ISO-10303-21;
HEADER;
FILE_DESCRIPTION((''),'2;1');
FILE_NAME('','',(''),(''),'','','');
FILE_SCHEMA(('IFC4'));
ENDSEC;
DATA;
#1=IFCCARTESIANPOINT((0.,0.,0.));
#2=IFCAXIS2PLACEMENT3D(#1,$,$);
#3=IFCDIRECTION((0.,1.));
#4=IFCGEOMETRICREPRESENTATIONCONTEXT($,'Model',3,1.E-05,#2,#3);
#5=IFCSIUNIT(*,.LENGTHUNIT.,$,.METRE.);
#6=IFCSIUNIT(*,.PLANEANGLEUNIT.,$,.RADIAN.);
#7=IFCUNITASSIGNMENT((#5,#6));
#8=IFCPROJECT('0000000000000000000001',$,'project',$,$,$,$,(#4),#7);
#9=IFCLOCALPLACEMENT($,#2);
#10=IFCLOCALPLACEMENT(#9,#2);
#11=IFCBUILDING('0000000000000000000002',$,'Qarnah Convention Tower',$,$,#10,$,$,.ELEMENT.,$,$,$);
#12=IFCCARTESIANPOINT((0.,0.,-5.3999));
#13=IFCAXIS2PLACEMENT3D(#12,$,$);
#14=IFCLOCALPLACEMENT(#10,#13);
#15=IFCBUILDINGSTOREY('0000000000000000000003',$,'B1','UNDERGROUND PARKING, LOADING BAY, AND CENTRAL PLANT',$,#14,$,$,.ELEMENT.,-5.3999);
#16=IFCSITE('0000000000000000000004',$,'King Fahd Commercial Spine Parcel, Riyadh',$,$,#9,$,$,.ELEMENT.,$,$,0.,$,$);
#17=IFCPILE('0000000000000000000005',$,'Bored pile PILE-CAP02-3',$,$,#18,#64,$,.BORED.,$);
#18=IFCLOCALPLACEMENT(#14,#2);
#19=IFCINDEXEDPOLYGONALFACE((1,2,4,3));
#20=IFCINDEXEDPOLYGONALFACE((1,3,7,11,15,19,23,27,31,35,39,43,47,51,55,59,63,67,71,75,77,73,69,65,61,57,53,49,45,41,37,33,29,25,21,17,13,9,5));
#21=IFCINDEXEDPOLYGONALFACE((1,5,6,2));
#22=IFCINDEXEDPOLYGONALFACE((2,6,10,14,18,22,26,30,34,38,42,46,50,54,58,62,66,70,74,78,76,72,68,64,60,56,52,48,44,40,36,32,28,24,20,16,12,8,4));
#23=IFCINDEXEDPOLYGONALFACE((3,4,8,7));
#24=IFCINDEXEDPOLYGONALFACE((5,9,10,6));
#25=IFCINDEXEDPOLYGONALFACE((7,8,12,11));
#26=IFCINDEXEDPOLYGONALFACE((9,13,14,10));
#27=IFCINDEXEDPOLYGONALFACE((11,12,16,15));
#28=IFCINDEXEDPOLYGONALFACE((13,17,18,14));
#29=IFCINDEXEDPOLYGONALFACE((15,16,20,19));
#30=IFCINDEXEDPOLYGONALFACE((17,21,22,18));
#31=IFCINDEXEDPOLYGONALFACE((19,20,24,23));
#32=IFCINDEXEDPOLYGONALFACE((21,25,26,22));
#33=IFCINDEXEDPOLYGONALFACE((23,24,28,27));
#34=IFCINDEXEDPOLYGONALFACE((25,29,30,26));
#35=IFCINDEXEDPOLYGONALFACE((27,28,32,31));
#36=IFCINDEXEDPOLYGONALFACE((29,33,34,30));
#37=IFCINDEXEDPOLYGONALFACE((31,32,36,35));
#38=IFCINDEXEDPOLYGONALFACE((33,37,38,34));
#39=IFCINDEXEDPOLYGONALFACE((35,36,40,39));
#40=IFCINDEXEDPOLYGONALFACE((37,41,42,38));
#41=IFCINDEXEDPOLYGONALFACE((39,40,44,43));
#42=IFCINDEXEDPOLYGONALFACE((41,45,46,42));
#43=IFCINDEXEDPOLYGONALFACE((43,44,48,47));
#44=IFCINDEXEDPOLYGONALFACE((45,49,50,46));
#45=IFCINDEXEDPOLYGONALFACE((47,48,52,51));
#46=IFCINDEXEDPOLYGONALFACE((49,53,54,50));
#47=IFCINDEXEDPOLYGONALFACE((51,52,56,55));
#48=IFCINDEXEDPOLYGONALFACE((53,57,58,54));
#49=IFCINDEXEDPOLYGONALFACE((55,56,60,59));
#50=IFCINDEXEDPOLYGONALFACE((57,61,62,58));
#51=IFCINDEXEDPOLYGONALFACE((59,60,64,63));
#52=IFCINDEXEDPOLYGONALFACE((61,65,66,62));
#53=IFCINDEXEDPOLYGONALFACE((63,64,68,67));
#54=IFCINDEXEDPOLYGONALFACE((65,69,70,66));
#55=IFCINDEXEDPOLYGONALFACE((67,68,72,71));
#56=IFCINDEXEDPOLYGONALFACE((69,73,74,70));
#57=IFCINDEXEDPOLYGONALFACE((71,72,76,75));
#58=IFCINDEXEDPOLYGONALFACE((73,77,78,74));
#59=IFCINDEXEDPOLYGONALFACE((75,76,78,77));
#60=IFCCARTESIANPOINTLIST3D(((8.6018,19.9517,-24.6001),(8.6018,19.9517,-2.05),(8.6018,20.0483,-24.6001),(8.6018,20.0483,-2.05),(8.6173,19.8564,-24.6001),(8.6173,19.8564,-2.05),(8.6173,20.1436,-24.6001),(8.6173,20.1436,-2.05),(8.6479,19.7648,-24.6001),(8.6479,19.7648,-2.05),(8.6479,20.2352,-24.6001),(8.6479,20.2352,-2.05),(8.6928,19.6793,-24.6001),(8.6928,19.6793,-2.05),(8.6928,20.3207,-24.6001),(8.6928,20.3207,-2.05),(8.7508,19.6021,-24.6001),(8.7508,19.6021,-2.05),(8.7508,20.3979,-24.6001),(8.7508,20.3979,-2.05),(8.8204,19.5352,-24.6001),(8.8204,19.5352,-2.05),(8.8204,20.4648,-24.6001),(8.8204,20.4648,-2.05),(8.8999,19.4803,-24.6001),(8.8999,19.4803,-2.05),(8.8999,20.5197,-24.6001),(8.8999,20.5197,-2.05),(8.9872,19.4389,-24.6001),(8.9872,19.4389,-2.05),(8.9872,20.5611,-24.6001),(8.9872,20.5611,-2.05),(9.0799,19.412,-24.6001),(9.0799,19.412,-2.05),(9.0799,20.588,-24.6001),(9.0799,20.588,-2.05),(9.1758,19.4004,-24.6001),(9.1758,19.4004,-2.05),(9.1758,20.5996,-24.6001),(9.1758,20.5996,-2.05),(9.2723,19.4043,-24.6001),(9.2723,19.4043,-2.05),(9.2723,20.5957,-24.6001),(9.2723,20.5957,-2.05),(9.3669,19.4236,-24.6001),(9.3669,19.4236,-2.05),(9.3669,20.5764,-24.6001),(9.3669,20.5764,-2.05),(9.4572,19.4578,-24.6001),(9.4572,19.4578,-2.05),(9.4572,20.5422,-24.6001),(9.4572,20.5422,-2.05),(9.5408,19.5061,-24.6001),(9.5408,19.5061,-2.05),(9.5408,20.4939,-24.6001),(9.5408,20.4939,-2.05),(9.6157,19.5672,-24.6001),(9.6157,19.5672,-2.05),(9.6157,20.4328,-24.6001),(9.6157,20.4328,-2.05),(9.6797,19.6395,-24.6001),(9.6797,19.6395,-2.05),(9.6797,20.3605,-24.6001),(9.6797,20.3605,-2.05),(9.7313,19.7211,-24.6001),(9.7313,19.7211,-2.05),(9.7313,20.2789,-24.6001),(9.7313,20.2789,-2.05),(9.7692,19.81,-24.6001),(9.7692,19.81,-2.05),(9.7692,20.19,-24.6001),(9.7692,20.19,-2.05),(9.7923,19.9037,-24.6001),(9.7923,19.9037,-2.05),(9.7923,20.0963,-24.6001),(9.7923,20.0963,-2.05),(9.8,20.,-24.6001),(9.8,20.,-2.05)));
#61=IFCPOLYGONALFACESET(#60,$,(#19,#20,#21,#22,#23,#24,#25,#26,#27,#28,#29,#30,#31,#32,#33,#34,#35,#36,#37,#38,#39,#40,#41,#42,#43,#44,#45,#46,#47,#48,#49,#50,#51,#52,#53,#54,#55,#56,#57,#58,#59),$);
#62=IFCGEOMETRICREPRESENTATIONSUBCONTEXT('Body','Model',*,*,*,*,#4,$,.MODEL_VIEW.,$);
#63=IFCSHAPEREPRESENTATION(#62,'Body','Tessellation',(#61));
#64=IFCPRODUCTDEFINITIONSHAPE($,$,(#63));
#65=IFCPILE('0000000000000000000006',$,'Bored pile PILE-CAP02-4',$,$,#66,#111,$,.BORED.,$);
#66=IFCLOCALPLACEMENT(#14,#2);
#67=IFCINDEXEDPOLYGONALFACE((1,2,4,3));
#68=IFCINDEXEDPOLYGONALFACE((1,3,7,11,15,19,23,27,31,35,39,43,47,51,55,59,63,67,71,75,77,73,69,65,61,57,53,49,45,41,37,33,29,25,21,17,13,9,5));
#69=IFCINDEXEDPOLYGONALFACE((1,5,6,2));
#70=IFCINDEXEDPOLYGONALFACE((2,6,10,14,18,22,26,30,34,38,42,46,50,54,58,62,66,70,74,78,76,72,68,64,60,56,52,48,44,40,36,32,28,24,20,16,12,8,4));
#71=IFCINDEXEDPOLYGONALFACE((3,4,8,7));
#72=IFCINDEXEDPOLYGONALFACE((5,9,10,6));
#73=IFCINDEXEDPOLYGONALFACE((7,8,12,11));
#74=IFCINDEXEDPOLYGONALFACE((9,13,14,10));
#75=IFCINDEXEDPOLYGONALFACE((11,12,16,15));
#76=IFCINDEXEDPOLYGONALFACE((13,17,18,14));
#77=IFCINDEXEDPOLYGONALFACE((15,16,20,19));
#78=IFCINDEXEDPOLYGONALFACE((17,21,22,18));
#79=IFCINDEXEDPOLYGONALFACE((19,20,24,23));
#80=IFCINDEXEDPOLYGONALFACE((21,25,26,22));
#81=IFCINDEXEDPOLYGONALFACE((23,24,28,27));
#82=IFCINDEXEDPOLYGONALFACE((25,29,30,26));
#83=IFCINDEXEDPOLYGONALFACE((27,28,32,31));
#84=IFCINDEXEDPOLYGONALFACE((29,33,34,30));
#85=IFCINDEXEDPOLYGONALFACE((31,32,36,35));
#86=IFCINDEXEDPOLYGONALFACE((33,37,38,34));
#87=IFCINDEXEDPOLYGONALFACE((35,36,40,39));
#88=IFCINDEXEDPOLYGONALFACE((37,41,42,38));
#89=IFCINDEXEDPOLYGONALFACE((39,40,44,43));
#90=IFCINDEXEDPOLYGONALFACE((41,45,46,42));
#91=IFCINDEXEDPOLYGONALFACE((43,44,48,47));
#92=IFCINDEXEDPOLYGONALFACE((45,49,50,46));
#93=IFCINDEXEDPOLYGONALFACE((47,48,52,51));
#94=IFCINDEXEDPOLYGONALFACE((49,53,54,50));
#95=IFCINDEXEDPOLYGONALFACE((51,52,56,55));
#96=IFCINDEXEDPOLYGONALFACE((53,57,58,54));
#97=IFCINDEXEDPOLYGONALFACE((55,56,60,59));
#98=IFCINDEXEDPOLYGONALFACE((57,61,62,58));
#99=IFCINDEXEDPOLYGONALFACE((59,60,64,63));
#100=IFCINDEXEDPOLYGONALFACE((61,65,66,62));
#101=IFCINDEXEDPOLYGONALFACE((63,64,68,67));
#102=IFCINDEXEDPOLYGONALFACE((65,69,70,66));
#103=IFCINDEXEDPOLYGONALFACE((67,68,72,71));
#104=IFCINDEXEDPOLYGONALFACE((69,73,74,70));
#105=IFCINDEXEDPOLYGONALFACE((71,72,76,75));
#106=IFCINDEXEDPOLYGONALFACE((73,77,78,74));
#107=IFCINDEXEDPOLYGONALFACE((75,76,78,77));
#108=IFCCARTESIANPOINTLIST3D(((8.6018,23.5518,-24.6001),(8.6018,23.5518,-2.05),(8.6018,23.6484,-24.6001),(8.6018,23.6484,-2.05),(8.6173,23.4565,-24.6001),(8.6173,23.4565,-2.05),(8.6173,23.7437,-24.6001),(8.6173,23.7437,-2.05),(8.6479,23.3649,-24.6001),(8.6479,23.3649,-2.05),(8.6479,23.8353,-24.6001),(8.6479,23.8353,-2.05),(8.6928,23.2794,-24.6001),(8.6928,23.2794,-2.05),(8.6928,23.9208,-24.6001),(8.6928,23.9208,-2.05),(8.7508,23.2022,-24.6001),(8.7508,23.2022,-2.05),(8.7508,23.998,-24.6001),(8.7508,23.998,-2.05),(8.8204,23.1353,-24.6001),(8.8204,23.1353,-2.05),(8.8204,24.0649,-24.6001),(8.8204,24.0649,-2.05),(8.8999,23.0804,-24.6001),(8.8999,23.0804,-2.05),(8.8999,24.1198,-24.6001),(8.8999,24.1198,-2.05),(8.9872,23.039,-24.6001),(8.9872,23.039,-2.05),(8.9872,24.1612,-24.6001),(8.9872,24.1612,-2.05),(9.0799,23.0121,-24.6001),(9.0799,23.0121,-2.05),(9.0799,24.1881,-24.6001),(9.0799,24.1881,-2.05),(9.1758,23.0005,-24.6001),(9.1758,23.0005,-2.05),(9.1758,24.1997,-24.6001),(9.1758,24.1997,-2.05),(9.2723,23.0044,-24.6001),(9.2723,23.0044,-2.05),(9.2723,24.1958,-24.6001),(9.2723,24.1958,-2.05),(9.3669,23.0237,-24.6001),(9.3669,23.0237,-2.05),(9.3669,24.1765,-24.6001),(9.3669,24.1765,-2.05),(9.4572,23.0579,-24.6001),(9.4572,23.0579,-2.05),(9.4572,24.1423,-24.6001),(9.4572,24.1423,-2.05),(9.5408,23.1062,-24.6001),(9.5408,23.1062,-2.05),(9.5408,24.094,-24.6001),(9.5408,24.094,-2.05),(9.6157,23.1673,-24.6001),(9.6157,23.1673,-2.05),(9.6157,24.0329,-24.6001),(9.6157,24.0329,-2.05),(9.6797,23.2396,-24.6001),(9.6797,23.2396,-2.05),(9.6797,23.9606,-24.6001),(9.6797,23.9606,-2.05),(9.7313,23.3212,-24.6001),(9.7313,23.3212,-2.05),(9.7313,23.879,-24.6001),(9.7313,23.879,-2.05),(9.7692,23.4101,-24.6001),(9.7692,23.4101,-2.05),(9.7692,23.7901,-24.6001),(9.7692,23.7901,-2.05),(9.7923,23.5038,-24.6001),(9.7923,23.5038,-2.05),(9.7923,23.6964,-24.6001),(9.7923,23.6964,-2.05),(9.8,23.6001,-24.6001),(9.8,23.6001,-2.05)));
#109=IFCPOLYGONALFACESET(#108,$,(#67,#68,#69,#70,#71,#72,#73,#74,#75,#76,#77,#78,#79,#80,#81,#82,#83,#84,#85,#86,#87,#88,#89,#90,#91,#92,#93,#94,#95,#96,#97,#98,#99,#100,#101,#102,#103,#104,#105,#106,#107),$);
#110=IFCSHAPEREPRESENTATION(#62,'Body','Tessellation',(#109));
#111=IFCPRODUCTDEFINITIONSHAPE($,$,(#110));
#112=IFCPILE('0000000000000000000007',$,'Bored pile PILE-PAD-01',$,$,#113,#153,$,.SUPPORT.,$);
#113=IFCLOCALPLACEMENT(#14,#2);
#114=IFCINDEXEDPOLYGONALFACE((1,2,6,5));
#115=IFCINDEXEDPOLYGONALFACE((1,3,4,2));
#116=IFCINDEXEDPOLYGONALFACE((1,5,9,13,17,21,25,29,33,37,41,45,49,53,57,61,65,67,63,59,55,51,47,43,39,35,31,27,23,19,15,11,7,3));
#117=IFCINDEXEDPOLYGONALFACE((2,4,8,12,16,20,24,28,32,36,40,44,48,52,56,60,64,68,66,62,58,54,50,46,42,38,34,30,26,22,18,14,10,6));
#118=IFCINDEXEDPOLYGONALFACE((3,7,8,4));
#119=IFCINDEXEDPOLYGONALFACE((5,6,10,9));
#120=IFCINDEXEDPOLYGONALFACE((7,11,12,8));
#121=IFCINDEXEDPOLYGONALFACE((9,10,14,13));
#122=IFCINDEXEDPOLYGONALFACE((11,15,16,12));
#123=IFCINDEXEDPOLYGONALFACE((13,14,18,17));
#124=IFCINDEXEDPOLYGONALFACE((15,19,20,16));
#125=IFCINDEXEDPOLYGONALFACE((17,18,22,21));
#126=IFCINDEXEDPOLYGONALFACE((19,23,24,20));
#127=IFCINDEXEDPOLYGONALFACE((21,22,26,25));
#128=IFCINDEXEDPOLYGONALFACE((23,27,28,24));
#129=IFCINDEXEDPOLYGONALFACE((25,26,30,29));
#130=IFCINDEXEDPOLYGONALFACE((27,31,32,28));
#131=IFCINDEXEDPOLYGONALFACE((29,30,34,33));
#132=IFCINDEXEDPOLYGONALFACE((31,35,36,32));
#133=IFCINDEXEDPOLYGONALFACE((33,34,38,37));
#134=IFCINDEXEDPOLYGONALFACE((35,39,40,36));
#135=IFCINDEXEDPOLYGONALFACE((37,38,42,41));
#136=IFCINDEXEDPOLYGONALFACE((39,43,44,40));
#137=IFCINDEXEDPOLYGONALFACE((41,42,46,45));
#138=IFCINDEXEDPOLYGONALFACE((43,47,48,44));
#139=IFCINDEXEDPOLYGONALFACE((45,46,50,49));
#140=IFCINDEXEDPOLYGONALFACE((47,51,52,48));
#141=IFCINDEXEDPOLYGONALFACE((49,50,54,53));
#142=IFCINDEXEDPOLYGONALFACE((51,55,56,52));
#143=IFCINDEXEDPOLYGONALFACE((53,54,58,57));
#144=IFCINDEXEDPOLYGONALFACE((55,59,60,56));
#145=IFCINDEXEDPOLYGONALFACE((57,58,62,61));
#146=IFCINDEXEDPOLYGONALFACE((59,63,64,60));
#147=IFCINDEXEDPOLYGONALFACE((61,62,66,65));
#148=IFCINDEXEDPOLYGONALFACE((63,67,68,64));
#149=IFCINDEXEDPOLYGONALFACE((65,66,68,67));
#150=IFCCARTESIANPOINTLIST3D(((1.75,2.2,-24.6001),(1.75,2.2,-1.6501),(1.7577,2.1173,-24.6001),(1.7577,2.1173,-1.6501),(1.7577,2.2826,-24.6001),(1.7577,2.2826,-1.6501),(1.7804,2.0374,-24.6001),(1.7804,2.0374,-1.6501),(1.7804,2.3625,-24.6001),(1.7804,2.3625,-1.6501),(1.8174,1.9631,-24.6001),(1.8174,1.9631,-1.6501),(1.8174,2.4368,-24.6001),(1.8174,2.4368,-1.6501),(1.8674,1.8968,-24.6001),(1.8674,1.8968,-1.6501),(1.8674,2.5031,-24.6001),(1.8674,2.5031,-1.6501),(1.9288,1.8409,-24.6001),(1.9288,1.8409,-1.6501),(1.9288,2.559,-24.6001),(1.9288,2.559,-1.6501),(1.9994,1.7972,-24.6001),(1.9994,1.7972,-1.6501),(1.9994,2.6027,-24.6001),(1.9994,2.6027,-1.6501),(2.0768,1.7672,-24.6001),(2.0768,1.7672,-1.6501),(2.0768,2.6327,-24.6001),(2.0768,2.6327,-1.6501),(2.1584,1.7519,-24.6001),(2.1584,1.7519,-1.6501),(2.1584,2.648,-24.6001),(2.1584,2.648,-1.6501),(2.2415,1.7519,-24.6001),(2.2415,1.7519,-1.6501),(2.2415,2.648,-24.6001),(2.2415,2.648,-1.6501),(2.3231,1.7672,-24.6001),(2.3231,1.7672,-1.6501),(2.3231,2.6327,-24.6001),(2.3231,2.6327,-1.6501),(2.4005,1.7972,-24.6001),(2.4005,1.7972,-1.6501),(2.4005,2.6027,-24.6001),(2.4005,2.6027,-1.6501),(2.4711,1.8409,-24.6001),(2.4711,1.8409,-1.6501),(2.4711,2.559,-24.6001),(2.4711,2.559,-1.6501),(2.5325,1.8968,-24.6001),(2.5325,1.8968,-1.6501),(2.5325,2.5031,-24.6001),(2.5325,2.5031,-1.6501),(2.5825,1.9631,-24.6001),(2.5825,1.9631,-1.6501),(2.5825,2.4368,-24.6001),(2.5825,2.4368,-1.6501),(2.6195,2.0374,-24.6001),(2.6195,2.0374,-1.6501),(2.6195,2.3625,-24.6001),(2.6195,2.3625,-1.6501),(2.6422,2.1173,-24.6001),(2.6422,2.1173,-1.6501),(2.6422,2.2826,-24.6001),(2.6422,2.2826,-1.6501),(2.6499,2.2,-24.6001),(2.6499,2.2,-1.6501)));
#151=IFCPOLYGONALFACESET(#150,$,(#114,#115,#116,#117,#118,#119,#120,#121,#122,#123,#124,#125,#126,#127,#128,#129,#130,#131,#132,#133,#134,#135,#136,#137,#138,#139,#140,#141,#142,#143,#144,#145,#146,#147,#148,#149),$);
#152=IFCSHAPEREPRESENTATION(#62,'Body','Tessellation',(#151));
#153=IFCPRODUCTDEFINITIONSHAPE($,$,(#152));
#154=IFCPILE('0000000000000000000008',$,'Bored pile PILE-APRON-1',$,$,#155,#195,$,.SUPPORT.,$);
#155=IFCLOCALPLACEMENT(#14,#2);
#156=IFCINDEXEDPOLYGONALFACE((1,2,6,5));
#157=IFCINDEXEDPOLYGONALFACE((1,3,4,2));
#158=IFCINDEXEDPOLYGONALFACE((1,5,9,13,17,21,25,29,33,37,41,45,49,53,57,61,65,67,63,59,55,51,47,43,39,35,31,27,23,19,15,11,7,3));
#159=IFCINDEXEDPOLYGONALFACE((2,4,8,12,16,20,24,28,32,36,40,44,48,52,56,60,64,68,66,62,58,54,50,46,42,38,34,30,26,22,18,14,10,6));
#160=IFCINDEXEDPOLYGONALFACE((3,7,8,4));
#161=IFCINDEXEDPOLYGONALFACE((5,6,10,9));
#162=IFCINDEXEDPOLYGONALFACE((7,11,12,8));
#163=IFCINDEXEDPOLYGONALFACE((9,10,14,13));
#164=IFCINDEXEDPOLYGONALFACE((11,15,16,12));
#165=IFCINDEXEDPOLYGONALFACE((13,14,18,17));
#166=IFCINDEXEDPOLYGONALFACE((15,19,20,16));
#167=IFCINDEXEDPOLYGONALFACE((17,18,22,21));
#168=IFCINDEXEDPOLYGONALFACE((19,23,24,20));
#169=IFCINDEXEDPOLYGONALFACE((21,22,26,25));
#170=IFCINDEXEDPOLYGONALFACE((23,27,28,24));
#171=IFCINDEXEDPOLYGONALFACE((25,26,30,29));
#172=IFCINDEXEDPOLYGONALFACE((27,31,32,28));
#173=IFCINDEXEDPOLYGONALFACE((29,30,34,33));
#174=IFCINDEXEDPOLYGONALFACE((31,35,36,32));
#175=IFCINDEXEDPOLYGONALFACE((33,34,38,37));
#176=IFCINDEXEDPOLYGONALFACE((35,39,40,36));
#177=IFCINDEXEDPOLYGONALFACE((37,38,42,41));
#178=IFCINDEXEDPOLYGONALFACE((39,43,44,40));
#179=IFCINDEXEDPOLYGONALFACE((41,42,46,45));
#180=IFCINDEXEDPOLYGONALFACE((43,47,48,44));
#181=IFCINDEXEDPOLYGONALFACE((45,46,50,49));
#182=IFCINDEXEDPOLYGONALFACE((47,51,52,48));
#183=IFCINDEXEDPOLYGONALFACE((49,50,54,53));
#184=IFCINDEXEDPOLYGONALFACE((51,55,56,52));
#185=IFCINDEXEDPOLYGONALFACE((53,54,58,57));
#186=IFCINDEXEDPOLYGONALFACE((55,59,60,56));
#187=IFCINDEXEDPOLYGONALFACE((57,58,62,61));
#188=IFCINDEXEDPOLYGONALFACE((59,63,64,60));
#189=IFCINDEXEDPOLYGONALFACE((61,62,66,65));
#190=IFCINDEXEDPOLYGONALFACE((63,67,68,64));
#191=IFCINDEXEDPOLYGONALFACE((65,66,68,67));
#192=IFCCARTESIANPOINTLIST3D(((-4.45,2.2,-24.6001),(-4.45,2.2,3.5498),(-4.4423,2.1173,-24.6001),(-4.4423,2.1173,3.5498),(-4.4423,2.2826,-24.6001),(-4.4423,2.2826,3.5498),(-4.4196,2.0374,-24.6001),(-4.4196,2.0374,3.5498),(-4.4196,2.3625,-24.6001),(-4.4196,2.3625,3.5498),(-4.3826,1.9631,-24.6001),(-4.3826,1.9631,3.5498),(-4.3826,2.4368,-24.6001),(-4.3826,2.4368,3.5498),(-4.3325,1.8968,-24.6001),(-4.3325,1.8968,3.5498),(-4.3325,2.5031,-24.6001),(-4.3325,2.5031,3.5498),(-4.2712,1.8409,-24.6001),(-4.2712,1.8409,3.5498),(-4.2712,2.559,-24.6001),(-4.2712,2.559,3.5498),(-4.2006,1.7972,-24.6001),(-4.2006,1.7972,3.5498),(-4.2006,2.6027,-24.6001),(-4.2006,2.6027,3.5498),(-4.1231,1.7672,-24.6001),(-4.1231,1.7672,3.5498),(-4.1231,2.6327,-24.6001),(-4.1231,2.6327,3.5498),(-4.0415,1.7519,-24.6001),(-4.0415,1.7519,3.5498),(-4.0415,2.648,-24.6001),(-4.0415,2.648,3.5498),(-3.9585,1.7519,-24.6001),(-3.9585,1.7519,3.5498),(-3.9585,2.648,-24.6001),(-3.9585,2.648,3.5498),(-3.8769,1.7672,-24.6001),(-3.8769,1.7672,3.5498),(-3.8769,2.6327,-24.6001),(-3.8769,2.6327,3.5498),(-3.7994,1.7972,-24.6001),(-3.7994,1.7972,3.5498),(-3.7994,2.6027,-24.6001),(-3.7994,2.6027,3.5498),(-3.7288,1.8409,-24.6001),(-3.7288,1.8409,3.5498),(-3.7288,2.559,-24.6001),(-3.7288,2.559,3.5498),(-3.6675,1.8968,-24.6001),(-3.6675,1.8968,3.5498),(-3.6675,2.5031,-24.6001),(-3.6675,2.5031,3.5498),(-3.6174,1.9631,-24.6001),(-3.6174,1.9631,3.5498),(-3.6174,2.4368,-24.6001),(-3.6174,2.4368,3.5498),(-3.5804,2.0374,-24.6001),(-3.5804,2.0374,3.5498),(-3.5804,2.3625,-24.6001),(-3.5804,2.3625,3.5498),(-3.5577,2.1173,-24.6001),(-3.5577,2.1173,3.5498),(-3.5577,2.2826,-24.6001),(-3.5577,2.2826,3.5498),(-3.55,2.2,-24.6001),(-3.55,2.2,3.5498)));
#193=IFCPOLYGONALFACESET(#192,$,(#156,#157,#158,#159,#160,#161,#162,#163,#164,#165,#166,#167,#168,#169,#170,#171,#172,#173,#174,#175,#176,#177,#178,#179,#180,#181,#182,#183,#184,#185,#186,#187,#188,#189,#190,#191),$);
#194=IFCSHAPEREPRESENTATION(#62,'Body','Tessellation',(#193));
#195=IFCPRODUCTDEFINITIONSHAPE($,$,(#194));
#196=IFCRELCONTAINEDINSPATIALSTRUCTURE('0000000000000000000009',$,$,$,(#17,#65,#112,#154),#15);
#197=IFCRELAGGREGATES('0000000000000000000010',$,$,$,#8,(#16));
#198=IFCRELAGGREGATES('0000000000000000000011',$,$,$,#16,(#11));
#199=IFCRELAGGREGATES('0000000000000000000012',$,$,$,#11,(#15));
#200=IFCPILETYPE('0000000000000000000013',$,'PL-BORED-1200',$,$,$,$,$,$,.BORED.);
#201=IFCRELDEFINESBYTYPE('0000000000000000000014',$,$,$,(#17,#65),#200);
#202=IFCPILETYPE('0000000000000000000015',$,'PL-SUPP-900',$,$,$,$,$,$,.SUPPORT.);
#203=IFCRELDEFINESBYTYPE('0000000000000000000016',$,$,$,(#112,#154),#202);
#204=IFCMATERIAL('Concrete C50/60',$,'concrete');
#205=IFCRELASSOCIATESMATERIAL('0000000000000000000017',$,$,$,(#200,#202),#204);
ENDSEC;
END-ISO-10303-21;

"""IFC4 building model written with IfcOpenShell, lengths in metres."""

from ifc_helpers import new_model, si_unit, direction, frame, origin, origin_2d, place, context, subcontext, project, spatial, circle, extrude, material, material_profile, profile_set, type_object, element, save


model = new_model("IFC4")

# Units and contexts
model_context = context("Model", 3, precision=1e-05, world=origin(), true_north=direction((0.0, 1.0)))
body_context = subcontext(model_context, "Body", "Model", "MODEL_VIEW")
ifc_project = project(units=[si_unit("LENGTHUNIT", "METRE"), si_unit("PLANEANGLEUNIT", "RADIAN")], contexts=[model_context])

# Site, building, storey
site_placement = place(None, origin())
site = spatial("IfcSite", under=ifc_project, at=site_placement, Name="King Fahd Commercial Spine Parcel, Riyadh", CompositionType="ELEMENT", RefElevation=0.0)
building_placement = place(site_placement, origin())
building = spatial("IfcBuilding", under=site, at=building_placement, Name="Qarnah Convention Tower", CompositionType="ELEMENT")
storey_placement = place(building_placement, frame((0.0, 0.0, -5.3999)))
storey = spatial("IfcBuildingStorey", under=building, at=storey_placement, Name="B1", Description="UNDERGROUND PARKING, LOADING BAY, AND CENTRAL PLANT", CompositionType="ELEMENT", Elevation=-5.3999)

# Shared definitions
ifc_material_1 = material(Name="Concrete C50/60", Category="concrete")

# Piles
ifc_material_profile_1 = material_profile(ifc_material_1, circle(Radius=0.6001, at=origin_2d()), Name="PILE-D1200")
ifc_profile_set_1 = profile_set([ifc_material_profile_1], Name="Concrete C50/60")
pile_type_1 = type_object("IfcPileType", Name="PL-BORED-1200", PredefinedType="BORED", material=ifc_profile_set_1)
for number, where, z_axis, x_axis, name in (
    (1, (9.2, 20.0, -2.05), (0.0, 0.0, -1.0), (1.0, 0.0, 0.0), "Bored pile PILE-CAP02-3"),
    (2, (9.2, 23.6001, -2.05), (0.0, 0.0, -1.0), (1.0, 0.0, 0.0), "Bored pile PILE-CAP02-4"),
):
    element("IfcPile", number, at=place(storey_placement, frame(where, z_axis=z_axis, x_axis=x_axis)), inside=storey, type_object=pile_type_1, Name=name, PredefinedType="BORED", context=body_context, shape_type="SweptSolid", body=[
        extrude(circle(Radius=0.6001, at=origin_2d()), origin(), (0.0, 0.0, 1.0), 22.55),
    ])
ifc_material_profile_2 = material_profile(ifc_material_1, circle(Radius=0.45, at=origin_2d()), Name="PILE-D900")
ifc_profile_set_2 = profile_set([ifc_material_profile_2], Name="Concrete C50/60")
pile_type_2 = type_object("IfcPileType", Name="PL-SUPP-900", PredefinedType="SUPPORT", material=ifc_profile_set_2)
pile_placement = place(storey_placement, frame((2.2, 2.2, -1.6501), z_axis=(0.0, 0.0, -1.0), x_axis=(1.0, 0.0, 0.0)))
element("IfcPile", 3, at=pile_placement, inside=storey, type_object=pile_type_2, Name="Bored pile PILE-PAD-01", PredefinedType="SUPPORT", context=body_context, shape_type="SweptSolid", body=[
    extrude(circle(Radius=0.45, at=origin_2d()), origin(), (0.0, 0.0, 1.0), 22.95),
])
for number, where, z_axis, x_axis, name in (
    (4, (-4.0, 2.2, 3.5498), (0.0, 0.0, -1.0), (1.0, 0.0, 0.0), "Bored pile PILE-APRON-1"),
):
    element("IfcPile", number, at=place(storey_placement, frame(where, z_axis=z_axis, x_axis=x_axis)), inside=storey, type_object=pile_type_2, Name=name, PredefinedType="SUPPORT", context=body_context, shape_type="SweptSolid", body=[
        extrude(circle(Radius=0.45, at=origin_2d()), origin(), (0.0, 0.0, 1.0), 28.1499),
    ])

save(model, "model.ifc")
